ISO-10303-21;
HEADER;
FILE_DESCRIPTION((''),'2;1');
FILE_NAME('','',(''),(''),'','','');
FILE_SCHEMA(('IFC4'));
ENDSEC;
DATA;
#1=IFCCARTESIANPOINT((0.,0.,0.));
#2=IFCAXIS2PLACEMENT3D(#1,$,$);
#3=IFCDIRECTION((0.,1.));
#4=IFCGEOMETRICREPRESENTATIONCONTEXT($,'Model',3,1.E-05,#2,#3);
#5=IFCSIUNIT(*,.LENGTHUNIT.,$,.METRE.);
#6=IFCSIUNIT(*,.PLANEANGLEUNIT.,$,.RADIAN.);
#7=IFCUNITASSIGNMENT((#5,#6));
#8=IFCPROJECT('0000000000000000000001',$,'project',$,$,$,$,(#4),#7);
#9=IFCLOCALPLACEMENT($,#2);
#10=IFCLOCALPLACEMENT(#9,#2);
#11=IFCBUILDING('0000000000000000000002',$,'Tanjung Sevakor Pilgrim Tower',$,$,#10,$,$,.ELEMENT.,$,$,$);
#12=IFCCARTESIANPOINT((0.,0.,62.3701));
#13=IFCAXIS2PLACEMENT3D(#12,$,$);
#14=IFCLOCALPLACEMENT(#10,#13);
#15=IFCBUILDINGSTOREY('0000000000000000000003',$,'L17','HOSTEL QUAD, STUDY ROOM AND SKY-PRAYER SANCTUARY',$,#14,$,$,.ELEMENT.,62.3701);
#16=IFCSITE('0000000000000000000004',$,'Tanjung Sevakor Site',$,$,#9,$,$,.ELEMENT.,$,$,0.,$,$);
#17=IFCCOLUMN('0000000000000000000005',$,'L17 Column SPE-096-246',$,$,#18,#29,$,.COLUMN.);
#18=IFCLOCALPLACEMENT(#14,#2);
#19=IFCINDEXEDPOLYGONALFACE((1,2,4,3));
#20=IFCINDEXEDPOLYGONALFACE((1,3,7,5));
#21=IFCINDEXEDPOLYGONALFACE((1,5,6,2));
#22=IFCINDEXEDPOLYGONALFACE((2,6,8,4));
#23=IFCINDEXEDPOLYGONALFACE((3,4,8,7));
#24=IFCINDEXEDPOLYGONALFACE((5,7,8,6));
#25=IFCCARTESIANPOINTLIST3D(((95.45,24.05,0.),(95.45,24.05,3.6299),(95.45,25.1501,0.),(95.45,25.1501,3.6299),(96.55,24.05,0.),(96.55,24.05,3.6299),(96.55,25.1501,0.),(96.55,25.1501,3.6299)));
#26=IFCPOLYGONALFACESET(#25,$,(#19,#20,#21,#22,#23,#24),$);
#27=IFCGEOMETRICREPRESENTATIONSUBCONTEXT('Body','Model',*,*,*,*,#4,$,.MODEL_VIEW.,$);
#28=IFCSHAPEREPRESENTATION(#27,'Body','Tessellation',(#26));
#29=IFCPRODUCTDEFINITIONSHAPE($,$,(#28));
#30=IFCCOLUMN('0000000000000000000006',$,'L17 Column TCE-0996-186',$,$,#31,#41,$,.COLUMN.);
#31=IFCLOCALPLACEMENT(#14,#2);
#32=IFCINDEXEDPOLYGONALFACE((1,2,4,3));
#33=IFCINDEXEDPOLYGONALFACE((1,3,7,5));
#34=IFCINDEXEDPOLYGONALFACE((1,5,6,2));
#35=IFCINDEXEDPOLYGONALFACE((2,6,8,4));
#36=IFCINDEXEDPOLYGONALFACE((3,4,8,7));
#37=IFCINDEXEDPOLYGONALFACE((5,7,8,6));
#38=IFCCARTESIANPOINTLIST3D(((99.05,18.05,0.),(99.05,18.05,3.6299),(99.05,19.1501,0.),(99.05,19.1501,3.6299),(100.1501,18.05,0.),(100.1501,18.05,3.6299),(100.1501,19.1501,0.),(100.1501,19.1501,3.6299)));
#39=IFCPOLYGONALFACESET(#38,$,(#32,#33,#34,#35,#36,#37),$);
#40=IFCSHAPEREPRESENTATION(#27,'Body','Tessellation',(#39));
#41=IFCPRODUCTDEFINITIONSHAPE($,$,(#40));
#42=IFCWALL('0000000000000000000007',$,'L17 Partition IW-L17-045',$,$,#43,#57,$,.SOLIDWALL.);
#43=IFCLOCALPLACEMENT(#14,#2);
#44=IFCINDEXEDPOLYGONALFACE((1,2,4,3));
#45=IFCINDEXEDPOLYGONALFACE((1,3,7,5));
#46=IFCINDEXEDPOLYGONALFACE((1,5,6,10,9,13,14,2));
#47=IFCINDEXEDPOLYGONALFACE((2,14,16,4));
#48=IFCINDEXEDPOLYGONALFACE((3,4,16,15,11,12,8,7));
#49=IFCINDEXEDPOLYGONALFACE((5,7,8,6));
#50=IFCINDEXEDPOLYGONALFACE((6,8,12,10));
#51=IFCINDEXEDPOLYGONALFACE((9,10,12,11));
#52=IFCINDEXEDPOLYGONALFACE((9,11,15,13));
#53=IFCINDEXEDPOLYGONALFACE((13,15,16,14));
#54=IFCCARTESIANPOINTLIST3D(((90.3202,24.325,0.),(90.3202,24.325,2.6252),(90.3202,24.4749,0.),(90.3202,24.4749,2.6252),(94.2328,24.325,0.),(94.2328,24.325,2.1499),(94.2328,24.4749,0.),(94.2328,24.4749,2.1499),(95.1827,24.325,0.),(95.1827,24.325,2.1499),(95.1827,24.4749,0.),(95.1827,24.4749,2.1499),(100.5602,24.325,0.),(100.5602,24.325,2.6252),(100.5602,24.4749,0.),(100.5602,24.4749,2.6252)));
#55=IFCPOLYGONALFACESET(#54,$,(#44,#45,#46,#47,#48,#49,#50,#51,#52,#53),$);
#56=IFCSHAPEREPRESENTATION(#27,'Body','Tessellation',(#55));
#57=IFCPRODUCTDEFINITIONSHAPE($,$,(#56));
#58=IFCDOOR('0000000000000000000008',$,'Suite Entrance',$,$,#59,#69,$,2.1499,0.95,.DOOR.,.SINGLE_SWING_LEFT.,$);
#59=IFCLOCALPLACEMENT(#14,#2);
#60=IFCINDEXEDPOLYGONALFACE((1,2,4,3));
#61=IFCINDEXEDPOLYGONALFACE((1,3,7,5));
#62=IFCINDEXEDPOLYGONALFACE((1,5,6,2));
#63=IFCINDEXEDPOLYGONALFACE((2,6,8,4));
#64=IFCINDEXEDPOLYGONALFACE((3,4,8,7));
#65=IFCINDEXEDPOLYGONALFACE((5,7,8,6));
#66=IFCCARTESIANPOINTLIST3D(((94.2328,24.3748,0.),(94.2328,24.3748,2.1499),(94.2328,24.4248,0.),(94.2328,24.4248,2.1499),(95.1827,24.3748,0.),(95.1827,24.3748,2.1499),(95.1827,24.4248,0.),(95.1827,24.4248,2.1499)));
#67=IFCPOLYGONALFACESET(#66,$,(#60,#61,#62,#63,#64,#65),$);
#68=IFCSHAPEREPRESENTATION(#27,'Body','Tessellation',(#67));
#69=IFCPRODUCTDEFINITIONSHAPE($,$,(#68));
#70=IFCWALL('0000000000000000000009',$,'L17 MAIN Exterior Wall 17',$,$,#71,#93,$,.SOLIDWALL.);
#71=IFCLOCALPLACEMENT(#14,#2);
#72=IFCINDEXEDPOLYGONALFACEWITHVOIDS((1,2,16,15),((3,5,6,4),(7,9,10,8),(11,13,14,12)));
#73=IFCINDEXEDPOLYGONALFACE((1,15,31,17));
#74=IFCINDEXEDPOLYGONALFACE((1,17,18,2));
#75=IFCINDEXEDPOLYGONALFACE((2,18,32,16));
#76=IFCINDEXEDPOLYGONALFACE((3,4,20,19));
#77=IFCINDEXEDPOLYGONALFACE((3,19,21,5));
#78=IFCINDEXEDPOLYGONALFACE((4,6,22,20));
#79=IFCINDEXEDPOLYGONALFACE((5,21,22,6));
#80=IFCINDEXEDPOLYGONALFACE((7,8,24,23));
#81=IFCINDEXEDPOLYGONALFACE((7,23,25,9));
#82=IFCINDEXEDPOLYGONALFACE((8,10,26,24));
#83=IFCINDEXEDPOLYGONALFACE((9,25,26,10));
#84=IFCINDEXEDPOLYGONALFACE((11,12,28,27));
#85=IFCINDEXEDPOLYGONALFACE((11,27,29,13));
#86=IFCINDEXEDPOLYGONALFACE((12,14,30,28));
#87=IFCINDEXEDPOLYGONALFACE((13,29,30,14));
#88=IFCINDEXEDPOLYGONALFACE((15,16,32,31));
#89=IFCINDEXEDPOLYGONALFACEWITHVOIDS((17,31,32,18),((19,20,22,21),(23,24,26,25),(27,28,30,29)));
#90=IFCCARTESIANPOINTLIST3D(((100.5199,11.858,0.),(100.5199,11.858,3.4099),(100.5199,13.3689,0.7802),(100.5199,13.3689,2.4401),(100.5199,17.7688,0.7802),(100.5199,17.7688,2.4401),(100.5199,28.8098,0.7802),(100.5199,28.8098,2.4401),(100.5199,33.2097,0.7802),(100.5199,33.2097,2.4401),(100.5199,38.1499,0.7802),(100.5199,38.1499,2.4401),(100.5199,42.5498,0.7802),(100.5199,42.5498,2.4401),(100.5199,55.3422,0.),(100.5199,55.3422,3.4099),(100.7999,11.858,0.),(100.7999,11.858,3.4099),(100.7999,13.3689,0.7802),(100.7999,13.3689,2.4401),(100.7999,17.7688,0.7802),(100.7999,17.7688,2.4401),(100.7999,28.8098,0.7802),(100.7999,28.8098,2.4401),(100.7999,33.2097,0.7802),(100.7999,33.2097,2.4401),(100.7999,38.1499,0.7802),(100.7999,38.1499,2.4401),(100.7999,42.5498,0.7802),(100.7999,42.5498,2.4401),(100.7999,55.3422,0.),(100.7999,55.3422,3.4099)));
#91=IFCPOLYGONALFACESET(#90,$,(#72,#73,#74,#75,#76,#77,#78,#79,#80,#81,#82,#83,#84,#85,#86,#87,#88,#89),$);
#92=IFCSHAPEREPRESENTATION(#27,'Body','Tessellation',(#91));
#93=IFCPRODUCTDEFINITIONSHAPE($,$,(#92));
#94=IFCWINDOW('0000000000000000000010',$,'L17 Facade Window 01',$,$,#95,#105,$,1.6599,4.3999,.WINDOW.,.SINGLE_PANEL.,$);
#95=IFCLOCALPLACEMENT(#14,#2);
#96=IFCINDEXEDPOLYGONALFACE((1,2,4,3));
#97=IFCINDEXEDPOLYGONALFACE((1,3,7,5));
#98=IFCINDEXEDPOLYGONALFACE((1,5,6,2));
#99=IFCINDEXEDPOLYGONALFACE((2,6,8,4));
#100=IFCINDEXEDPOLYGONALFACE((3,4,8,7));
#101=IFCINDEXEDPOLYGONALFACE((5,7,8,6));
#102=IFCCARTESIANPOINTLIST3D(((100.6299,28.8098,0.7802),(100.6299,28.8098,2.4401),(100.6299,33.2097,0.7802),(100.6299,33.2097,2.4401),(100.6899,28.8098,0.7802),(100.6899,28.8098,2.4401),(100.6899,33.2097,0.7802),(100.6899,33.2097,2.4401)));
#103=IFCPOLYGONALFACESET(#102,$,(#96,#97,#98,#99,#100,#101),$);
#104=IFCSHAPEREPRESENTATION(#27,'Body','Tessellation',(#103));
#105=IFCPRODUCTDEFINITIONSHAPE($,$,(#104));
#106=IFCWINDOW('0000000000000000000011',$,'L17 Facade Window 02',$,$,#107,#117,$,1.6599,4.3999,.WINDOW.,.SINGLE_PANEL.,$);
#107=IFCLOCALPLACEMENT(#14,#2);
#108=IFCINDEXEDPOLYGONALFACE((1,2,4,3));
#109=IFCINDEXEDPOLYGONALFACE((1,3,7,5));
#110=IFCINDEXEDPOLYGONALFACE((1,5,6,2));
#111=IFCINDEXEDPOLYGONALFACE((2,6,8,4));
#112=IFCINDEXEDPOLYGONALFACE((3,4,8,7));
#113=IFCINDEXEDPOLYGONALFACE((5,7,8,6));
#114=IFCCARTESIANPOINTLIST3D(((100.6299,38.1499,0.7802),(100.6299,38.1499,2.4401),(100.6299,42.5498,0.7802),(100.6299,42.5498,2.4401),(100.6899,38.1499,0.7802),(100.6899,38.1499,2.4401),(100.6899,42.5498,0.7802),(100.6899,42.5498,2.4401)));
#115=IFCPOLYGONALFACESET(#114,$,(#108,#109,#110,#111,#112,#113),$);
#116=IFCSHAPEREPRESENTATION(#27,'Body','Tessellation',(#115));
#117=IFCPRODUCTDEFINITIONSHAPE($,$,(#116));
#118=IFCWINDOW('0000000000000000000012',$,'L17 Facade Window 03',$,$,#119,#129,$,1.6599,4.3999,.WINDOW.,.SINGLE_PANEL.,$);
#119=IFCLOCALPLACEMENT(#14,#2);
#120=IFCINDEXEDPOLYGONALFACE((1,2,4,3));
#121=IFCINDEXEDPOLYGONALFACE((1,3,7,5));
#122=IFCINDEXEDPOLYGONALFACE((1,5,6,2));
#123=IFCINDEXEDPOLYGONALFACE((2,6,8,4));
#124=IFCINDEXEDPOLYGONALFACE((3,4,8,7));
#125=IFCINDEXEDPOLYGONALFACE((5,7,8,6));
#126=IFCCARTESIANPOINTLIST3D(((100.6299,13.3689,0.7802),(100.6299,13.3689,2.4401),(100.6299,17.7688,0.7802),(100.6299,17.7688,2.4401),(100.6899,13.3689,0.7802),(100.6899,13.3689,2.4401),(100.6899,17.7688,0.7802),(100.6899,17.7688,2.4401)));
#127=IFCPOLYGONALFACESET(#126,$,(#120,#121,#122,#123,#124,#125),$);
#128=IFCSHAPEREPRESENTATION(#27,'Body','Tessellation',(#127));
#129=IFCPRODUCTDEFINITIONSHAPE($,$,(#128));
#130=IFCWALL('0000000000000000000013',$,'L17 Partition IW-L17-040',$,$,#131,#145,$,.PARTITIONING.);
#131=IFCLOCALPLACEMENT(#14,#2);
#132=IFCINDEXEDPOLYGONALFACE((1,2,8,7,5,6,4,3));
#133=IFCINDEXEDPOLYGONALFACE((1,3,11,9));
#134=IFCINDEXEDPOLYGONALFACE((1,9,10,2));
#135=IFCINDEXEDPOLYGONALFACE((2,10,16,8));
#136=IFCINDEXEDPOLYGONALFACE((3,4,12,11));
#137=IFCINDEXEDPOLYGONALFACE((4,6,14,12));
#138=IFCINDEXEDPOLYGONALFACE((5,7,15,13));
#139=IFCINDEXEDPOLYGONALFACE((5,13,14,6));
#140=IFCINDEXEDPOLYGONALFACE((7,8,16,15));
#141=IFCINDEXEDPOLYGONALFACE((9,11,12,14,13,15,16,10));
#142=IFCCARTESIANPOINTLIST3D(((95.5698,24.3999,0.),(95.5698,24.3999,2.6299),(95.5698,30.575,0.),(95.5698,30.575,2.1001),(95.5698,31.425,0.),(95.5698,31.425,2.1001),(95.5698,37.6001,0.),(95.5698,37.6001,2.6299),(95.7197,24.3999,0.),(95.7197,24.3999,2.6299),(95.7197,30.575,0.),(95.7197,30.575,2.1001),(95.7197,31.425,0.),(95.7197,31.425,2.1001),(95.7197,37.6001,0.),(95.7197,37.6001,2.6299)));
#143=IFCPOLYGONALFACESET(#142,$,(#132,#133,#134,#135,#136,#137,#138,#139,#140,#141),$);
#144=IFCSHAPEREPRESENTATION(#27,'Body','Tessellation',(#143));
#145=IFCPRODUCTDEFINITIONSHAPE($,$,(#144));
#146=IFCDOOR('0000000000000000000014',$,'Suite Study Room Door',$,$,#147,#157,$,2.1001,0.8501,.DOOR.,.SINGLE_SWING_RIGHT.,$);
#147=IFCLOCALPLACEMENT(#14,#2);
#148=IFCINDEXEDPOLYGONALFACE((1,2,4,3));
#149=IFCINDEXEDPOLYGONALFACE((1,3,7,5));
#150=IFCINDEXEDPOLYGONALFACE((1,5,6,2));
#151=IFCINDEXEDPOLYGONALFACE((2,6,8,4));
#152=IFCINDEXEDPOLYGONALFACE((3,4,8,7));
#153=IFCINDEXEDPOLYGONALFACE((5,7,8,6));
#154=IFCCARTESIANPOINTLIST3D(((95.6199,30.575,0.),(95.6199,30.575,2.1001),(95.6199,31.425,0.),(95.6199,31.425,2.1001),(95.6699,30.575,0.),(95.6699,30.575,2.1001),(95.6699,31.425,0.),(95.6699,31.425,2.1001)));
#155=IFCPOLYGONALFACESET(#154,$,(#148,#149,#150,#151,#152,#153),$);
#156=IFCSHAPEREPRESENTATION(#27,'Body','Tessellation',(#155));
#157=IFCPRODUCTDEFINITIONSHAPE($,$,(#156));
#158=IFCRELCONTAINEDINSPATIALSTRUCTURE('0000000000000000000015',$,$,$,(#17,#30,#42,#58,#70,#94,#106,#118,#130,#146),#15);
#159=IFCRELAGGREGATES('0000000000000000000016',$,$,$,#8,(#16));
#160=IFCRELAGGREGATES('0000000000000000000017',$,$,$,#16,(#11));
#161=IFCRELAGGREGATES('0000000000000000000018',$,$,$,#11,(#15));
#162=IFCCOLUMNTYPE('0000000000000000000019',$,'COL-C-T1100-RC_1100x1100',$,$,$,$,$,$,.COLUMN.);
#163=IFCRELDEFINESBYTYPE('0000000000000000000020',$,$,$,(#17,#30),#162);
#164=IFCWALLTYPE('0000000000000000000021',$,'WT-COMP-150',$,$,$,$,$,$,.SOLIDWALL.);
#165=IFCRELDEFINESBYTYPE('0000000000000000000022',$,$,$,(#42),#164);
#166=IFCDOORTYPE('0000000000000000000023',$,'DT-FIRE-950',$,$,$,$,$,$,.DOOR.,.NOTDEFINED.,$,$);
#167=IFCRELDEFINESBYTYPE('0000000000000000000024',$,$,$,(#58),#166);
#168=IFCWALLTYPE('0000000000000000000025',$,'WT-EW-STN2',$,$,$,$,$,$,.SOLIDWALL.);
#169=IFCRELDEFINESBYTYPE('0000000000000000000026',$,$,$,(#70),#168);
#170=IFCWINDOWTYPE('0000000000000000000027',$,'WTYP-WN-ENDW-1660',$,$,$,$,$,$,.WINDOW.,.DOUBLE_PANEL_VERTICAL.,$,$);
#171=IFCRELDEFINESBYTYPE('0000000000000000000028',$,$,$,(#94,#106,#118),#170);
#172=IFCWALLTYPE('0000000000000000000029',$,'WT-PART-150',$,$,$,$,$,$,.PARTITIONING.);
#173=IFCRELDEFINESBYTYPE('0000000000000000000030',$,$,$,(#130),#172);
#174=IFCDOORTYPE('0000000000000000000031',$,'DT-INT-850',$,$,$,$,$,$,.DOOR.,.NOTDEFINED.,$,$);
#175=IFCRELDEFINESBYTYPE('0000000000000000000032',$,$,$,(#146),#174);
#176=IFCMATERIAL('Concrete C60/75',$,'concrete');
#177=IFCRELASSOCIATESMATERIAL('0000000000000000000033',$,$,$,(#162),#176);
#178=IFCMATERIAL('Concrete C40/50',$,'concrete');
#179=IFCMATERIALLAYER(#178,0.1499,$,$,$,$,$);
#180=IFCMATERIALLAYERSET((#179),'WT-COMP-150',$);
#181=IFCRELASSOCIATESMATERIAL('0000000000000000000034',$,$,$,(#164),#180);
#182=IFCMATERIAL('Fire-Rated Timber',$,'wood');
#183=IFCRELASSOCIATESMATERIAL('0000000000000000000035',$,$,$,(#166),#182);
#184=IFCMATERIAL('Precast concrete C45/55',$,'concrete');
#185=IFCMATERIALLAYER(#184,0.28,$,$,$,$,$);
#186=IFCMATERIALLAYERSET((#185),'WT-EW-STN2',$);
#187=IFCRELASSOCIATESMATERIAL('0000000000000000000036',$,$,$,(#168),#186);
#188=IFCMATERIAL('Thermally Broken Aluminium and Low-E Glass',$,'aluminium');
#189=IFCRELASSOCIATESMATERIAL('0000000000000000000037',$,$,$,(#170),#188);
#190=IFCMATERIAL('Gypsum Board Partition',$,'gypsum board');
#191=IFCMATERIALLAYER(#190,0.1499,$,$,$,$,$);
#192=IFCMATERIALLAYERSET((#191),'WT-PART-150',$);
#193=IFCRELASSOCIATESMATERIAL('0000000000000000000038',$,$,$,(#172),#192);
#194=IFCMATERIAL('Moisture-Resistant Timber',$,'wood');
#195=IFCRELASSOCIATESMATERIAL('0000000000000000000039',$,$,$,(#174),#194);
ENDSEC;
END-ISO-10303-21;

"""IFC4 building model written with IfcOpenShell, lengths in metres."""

from ifc_helpers import new_model, si_unit, direction, frame, frame_2d, origin, origin_2d, place, context, subcontext, project, spatial, rectangle, extrude, material, layer, layer_set, material_profile, profile_set, type_object, element, fill, save


model = new_model("IFC4")

# Units and contexts
model_context = context("Model", 3, precision=1e-05, world=origin(), true_north=direction((0.0, 1.0)))
body_context = subcontext(model_context, "Body", "Model", "MODEL_VIEW")
ifc_project = project(units=[si_unit("LENGTHUNIT", "METRE"), si_unit("PLANEANGLEUNIT", "RADIAN")], contexts=[model_context])

# Site, building, storey
site_placement = place(None, origin())
site = spatial("IfcSite", under=ifc_project, at=site_placement, Name="Tanjung Sevakor Site", CompositionType="ELEMENT", RefElevation=0.0)
building_placement = place(site_placement, origin())
building = spatial("IfcBuilding", under=site, at=building_placement, Name="Tanjung Sevakor Pilgrim Tower", CompositionType="ELEMENT")
storey_placement = place(building_placement, frame((0.0, 0.0, 62.3701)))
storey = spatial("IfcBuildingStorey", under=building, at=storey_placement, Name="L17", Description="HOSTEL QUAD, STUDY ROOM AND SKY-PRAYER SANCTUARY", CompositionType="ELEMENT", Elevation=62.3701)

# Columns
ifc_material_1 = material(Name="Concrete C60/75", Category="concrete")
ifc_material_profile = material_profile(ifc_material_1, rectangle(XDim=1.1001, YDim=1.1001, at=origin_2d()))
ifc_profile_set = profile_set([ifc_material_profile], Name="Concrete C60/75")
column_type = type_object("IfcColumnType", Name="COL-C-T1100-RC_1100x1100", PredefinedType="COLUMN", material=ifc_profile_set)
for number, where, z_axis, x_axis, name in (
    (1, (96.0, 24.6001, 0.0), (0.0, 0.0, 1.0), (1.0, 0.0, 0.0), "L17 Column SPE-096-246"),
    (2, (99.6001, 18.6001, 0.0), (0.0, 0.0, 1.0), (1.0, 0.0, 0.0), "L17 Column TCE-0996-186"),
):
    element("IfcColumn", number, at=place(storey_placement, frame(where, z_axis=z_axis, x_axis=x_axis)), inside=storey, type_object=column_type, Name=name, PredefinedType="COLUMN", context=body_context, shape_type="SweptSolid", body=[
        extrude(rectangle(XDim=1.1001, YDim=1.1001, at=origin_2d()), origin(), (0.0, 0.0, 1.0), 3.6299),
    ])

# Wall, opening, door
ifc_material_2 = material(Name="Concrete C40/50", Category="concrete")
ifc_layer_1 = layer(ifc_material_2, 0.1499)
ifc_layer_set_1 = layer_set([ifc_layer_1], Name="WT-COMP-150")
wall_type_1 = type_object("IfcWallType", Name="WT-COMP-150", PredefinedType="SOLIDWALL", material=ifc_layer_set_1)
wall_1_placement = place(storey_placement, frame((90.3201, 24.3999, 0.0), z_axis=(0.0, 0.0, 1.0), x_axis=(1.0, 0.0, 0.0)))
wall_1 = element("IfcWall", 3, at=wall_1_placement, inside=storey, type_object=wall_type_1, Name="L17 Partition IW-L17-045", PredefinedType="SOLIDWALL", context=body_context, shape_type="SweptSolid", body=[
    extrude(rectangle(XDim=10.24, YDim=0.1499, at=frame_2d((5.1201, 0.0))), origin(), (0.0, 0.0, 1.0), 2.6252),
])
opening_1_placement = place(wall_1_placement, frame((3.9126, 0.0, 0.0)))
opening_1 = element("IfcOpeningElement", 4, at=opening_1_placement, cuts=wall_1, PredefinedType="OPENING", context=body_context, shape_type="SweptSolid", body=[
    extrude(rectangle(XDim=0.95, YDim=2.1499, at=frame_2d((0.4751, 1.075))), frame((0.0, 0.085, 0.0), z_axis=(0.0, -1.0, 0.0), x_axis=(1.0, 0.0, 0.0)), (0.0, 0.0, 1.0), 0.1699),
])
ifc_material_3 = material(Name="Fire-Rated Timber", Category="wood")
door_type_1 = type_object("IfcDoorType", Name="DT-FIRE-950", OperationType="NOTDEFINED", PredefinedType="DOOR", material=ifc_material_3)
door_1_placement = place(opening_1_placement, origin())
door_1 = element("IfcDoor", 5, at=door_1_placement, inside=storey, type_object=door_type_1, Name="Suite Entrance", OperationType="SINGLE_SWING_LEFT", OverallHeight=2.1499, OverallWidth=0.95, PredefinedType="DOOR", context=body_context, shape_type="SweptSolid", body=[
    extrude(rectangle(XDim=0.95, YDim=2.1499, at=frame_2d((0.4751, 1.075))), frame((0.0, 0.0249, 0.0), z_axis=(0.0, -1.0, 0.0), x_axis=(1.0, 0.0, 0.0)), (0.0, 0.0, 1.0), 0.05),
])
fill(opening_1, door_1)

# Wall, openings, windows
ifc_material_4 = material(Name="Precast concrete C45/55", Category="concrete")
ifc_layer_2 = layer(ifc_material_4, 0.28)
ifc_layer_set_2 = layer_set([ifc_layer_2], Name="WT-EW-STN2")
wall_type_2 = type_object("IfcWallType", Name="WT-EW-STN2", PredefinedType="SOLIDWALL", material=ifc_layer_set_2)
wall_2_placement = place(storey_placement, frame((100.6599, 11.8579, 0.0), z_axis=(0.0, 0.0, 1.0), x_axis=(0.0, 1.0, 0.0)))
wall_2 = element("IfcWall", 6, at=wall_2_placement, inside=storey, type_object=wall_type_2, Name="L17 MAIN Exterior Wall 17", PredefinedType="SOLIDWALL", context=body_context, shape_type="SweptSolid", body=[
    extrude(rectangle(XDim=43.4841, YDim=0.28, at=frame_2d((21.7422, 0.0))), origin(), (0.0, 0.0, 1.0), 3.4099),
])
opening_2_placement = place(wall_2_placement, frame((16.9519, 0.0, 0.78)))
opening_2 = element("IfcOpeningElement", 7, at=opening_2_placement, cuts=wall_2, PredefinedType="OPENING", context=body_context, shape_type="SweptSolid", body=[
    extrude(rectangle(XDim=4.3999, YDim=1.6599, at=frame_2d((2.2, 0.8301))), frame((0.0, 0.1499, 0.0), z_axis=(0.0, -1.0, 0.0), x_axis=(1.0, 0.0, 0.0)), (0.0, 0.0, 1.0), 0.3),
])
opening_3_placement = place(wall_2_placement, frame((26.292, 0.0, 0.78)))
opening_3 = element("IfcOpeningElement", 8, at=opening_3_placement, cuts=wall_2, PredefinedType="OPENING", context=body_context, shape_type="SweptSolid", body=[
    extrude(rectangle(XDim=4.3999, YDim=1.6599, at=frame_2d((2.2, 0.8301))), frame((0.0, 0.1499, 0.0), z_axis=(0.0, -1.0, 0.0), x_axis=(1.0, 0.0, 0.0)), (0.0, 0.0, 1.0), 0.3),
])
opening_4_placement = place(wall_2_placement, frame((1.511, 0.0, 0.78)))
opening_4 = element("IfcOpeningElement", 9, at=opening_4_placement, cuts=wall_2, PredefinedType="OPENING", context=body_context, shape_type="SweptSolid", body=[
    extrude(rectangle(XDim=4.3999, YDim=1.6599, at=frame_2d((2.2, 0.8301))), frame((0.0, 0.1499, 0.0), z_axis=(0.0, -1.0, 0.0), x_axis=(1.0, 0.0, 0.0)), (0.0, 0.0, 1.0), 0.3),
])
ifc_material_5 = material(Name="Thermally Broken Aluminium and Low-E Glass", Category="aluminium")
window_type = type_object("IfcWindowType", Name="WTYP-WN-ENDW-1660", PartitioningType="DOUBLE_PANEL_VERTICAL", PredefinedType="WINDOW", material=ifc_material_5)
window_1_placement = place(opening_2_placement, origin())
window_1 = element("IfcWindow", 10, at=window_1_placement, inside=storey, type_object=window_type, Name="L17 Facade Window 01", OverallHeight=1.6599, OverallWidth=4.3999, PartitioningType="SINGLE_PANEL", PredefinedType="WINDOW", context=body_context, shape_type="SweptSolid", body=[
    extrude(rectangle(XDim=4.3999, YDim=1.6599, at=frame_2d((2.2, 0.8301))), frame((0.0, 0.03, 0.0), z_axis=(0.0, -1.0, 0.0), x_axis=(1.0, 0.0, 0.0)), (0.0, 0.0, 1.0), 0.0601),
])
fill(opening_2, window_1)
window_2_placement = place(opening_3_placement, origin())
window_2 = element("IfcWindow", 11, at=window_2_placement, inside=storey, type_object=window_type, Name="L17 Facade Window 02", OverallHeight=1.6599, OverallWidth=4.3999, PartitioningType="SINGLE_PANEL", PredefinedType="WINDOW", context=body_context, shape_type="SweptSolid", body=[
    extrude(rectangle(XDim=4.3999, YDim=1.6599, at=frame_2d((2.2, 0.8301))), frame((0.0, 0.03, 0.0), z_axis=(0.0, -1.0, 0.0), x_axis=(1.0, 0.0, 0.0)), (0.0, 0.0, 1.0), 0.0601),
])
fill(opening_3, window_2)
window_3_placement = place(opening_4_placement, origin())
window_3 = element("IfcWindow", 12, at=window_3_placement, inside=storey, type_object=window_type, Name="L17 Facade Window 03", OverallHeight=1.6599, OverallWidth=4.3999, PartitioningType="SINGLE_PANEL", PredefinedType="WINDOW", context=body_context, shape_type="SweptSolid", body=[
    extrude(rectangle(XDim=4.3999, YDim=1.6599, at=frame_2d((2.2, 0.8301))), frame((0.0, 0.03, 0.0), z_axis=(0.0, -1.0, 0.0), x_axis=(1.0, 0.0, 0.0)), (0.0, 0.0, 1.0), 0.0601),
])
fill(opening_4, window_3)

# Wall, opening, door
ifc_material_6 = material(Name="Gypsum Board Partition", Category="gypsum board")
ifc_layer_3 = layer(ifc_material_6, 0.1499)
ifc_layer_set_3 = layer_set([ifc_layer_3], Name="WT-PART-150")
wall_type_3 = type_object("IfcWallType", Name="WT-PART-150", PredefinedType="PARTITIONING", material=ifc_layer_set_3)
wall_3_placement = place(storey_placement, frame((95.6448, 24.3999, 0.0), z_axis=(0.0, 0.0, 1.0), x_axis=(0.0, 1.0, 0.0)))
wall_3 = element("IfcWall", 13, at=wall_3_placement, inside=storey, type_object=wall_type_3, Name="L17 Partition IW-L17-040", PredefinedType="PARTITIONING", context=body_context, shape_type="SweptSolid", body=[
    extrude(rectangle(XDim=13.2002, YDim=0.1499, at=frame_2d((6.6001, 0.0))), origin(), (0.0, 0.0, 1.0), 2.6299),
])
opening_5_placement = place(wall_3_placement, frame((6.175, 0.0, 0.0)))
opening_5 = element("IfcOpeningElement", 14, at=opening_5_placement, cuts=wall_3, PredefinedType="OPENING", context=body_context, shape_type="SweptSolid", body=[
    extrude(rectangle(XDim=0.8501, YDim=2.1001, at=frame_2d((0.425, 1.05))), frame((0.0, 0.085, 0.0), z_axis=(0.0, -1.0, 0.0), x_axis=(1.0, 0.0, 0.0)), (0.0, 0.0, 1.0), 0.1699),
])
ifc_material_7 = material(Name="Moisture-Resistant Timber", Category="wood")
door_type_2 = type_object("IfcDoorType", Name="DT-INT-850", OperationType="NOTDEFINED", PredefinedType="DOOR", material=ifc_material_7)
door_2_placement = place(opening_5_placement, origin())
door_2 = element("IfcDoor", 15, at=door_2_placement, inside=storey, type_object=door_type_2, Name="Suite Study Room Door", OperationType="SINGLE_SWING_RIGHT", OverallHeight=2.1001, OverallWidth=0.8501, PredefinedType="DOOR", context=body_context, shape_type="SweptSolid", body=[
    extrude(rectangle(XDim=0.8501, YDim=2.1001, at=frame_2d((0.425, 1.05))), frame((0.0, 0.0249, 0.0), z_axis=(0.0, -1.0, 0.0), x_axis=(1.0, 0.0, 0.0)), (0.0, 0.0, 1.0), 0.05),
])
fill(opening_5, door_2)

save(model, "model.ifc")
